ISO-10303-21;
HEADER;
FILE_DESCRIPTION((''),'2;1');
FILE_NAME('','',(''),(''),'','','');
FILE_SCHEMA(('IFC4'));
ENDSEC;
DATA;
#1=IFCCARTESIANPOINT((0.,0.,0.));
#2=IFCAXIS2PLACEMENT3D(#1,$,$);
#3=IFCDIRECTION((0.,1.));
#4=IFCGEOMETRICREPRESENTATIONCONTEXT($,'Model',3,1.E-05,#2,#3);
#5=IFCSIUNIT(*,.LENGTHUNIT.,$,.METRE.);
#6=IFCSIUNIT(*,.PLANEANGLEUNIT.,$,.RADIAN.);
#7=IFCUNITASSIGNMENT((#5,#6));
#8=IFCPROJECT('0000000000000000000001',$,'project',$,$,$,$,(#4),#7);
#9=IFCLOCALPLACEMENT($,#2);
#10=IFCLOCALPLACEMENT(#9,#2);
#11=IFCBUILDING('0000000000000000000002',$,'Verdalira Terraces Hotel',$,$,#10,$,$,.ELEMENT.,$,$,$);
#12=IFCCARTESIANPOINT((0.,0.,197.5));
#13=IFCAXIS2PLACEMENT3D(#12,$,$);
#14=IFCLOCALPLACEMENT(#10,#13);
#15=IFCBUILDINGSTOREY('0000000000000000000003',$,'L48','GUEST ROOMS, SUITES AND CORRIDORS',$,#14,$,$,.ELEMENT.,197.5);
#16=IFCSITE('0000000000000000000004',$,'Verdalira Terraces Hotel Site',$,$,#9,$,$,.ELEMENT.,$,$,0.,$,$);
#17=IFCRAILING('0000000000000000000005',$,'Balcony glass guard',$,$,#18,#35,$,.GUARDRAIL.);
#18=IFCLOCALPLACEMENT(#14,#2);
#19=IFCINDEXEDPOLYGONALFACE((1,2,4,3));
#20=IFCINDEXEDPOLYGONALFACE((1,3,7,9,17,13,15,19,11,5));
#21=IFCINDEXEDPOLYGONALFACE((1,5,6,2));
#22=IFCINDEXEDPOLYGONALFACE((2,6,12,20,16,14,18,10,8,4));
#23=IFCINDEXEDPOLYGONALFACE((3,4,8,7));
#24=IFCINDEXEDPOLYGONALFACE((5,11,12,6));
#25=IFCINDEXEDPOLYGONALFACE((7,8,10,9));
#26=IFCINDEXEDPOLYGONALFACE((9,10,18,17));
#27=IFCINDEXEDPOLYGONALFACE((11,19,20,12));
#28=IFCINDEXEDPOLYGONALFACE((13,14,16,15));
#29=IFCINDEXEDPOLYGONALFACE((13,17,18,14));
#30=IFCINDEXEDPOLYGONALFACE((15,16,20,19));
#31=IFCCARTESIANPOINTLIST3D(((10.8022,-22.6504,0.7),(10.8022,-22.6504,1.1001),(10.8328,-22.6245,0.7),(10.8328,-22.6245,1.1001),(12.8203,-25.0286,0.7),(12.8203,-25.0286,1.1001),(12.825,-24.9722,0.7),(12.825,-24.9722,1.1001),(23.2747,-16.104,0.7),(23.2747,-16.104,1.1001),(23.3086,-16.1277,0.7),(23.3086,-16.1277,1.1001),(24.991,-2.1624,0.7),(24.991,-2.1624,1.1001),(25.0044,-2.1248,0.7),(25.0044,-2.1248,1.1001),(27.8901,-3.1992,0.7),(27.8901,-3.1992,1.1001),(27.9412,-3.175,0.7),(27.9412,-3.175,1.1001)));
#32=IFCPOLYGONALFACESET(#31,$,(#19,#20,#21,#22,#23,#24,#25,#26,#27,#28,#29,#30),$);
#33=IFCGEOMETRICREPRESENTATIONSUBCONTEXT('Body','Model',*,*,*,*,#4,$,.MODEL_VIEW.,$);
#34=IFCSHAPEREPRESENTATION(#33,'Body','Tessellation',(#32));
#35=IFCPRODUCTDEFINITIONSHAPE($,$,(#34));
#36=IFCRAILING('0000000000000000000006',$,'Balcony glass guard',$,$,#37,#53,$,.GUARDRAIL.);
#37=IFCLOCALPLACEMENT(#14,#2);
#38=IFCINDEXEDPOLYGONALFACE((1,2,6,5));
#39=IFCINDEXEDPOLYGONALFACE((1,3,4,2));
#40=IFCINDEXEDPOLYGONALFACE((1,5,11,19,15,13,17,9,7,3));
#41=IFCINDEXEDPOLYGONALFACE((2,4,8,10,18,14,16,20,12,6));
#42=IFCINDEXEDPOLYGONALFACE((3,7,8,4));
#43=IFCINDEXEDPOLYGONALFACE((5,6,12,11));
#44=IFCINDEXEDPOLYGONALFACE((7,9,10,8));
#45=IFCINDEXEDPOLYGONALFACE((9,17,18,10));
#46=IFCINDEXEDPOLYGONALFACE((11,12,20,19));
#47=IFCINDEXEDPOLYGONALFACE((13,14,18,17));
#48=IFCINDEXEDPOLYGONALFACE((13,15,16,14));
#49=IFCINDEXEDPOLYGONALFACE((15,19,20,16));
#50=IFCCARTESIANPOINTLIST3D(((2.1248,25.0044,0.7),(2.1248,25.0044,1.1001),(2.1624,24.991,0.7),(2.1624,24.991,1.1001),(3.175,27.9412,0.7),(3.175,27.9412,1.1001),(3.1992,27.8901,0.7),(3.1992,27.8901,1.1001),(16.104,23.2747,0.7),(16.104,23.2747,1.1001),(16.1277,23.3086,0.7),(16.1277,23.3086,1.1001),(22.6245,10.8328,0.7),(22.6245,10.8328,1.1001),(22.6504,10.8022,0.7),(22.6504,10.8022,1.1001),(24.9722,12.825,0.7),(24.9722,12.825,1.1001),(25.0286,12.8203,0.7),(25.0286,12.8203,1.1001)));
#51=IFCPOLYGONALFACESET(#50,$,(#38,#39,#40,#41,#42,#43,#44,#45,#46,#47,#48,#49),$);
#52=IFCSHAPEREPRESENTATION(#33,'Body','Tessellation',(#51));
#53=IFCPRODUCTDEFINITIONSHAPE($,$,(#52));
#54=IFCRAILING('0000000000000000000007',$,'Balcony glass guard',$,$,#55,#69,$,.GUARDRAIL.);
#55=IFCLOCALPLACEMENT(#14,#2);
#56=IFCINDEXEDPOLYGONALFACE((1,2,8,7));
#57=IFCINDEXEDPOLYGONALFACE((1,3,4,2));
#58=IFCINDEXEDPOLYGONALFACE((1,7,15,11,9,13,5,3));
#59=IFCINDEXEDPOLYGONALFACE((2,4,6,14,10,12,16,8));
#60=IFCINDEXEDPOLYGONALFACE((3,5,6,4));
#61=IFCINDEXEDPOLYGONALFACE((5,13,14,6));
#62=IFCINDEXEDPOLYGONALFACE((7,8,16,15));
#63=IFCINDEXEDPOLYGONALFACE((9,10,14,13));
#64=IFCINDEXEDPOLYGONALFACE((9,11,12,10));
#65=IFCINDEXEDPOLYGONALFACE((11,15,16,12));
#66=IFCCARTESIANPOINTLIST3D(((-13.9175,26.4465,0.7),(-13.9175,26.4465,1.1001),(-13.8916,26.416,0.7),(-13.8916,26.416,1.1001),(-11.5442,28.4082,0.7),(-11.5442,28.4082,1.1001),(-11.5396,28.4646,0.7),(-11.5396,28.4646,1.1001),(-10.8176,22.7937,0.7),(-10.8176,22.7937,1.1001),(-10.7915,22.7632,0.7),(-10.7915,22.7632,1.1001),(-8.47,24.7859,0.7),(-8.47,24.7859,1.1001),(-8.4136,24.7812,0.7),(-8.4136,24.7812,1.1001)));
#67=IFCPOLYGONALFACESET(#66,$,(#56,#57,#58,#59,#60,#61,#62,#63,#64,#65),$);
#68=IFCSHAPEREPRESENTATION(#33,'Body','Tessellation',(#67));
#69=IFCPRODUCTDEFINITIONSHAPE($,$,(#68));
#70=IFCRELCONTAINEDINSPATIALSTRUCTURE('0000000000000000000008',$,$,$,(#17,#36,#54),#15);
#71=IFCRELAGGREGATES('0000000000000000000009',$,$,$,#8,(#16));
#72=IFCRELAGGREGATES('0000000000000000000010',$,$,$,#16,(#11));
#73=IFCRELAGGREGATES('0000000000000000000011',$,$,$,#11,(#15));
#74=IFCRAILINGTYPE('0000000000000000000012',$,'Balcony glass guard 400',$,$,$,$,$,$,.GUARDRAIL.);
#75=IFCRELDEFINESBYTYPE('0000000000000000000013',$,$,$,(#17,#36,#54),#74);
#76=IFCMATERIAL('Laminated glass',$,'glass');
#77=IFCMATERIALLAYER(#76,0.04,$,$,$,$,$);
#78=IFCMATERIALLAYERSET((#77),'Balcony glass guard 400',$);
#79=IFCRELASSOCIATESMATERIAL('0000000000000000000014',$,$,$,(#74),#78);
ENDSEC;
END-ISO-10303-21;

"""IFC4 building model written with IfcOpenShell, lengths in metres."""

from ifc_helpers import new_model, si_unit, direction, frame, origin, place, context, subcontext, project, spatial, polyline, outline, extrude, material, layer, layer_set, type_object, element, save


model = new_model("IFC4")

# Units and contexts
model_context = context("Model", 3, precision=1e-05, world=origin(), true_north=direction((0.0, 1.0)))
body_context = subcontext(model_context, "Body", "Model", "MODEL_VIEW")
ifc_project = project(units=[si_unit("LENGTHUNIT", "METRE"), si_unit("PLANEANGLEUNIT", "RADIAN")], contexts=[model_context])

# Site, building, storey
site_placement = place(None, origin())
site = spatial("IfcSite", under=ifc_project, at=site_placement, Name="Verdalira Terraces Hotel Site", CompositionType="ELEMENT", RefElevation=0.0)
building_placement = place(site_placement, origin())
building = spatial("IfcBuilding", under=site, at=building_placement, Name="Verdalira Terraces Hotel", CompositionType="ELEMENT")
storey_placement = place(building_placement, frame((0.0, 0.0, 197.5)))
storey = spatial("IfcBuildingStorey", under=building, at=storey_placement, Name="L48", Description="GUEST ROOMS, SUITES AND CORRIDORS", CompositionType="ELEMENT", Elevation=197.5)

# Railings
ifc_material_1 = material(Name="Laminated glass", Category="glass")
ifc_layer_1 = layer(ifc_material_1, 0.04)
ifc_layer_set_1 = layer_set([ifc_layer_1], Name="Balcony glass guard 400")
railing_type = type_object("IfcRailingType", Name="Balcony glass guard 400", PredefinedType="GUARDRAIL", material=ifc_layer_set_1)
railing_1_placement = place(storey_placement, frame((0.0, 0.0, 0.7)))
element("IfcRailing", 1, at=railing_1_placement, inside=storey, type_object=railing_type, Name="Balcony glass guard", PredefinedType="GUARDRAIL", context=body_context, shape_type="SweptSolid", body=[
    extrude(outline(polyline([(12.825, -24.9722), (23.2747, -16.104), (27.8901, -3.1992), (24.991, -2.1624), (25.0044, -2.1248), (27.9412, -3.175), (23.3086, -16.1277), (12.8203, -25.0286), (10.8022, -22.6504), (10.8328, -22.6245), (12.825, -24.9722)])), origin(), (0.0, 0.0, 1.0), 0.4001),
])
railing_2_placement = place(storey_placement, frame((0.0, 0.0, 0.7)))
element("IfcRailing", 2, at=railing_2_placement, inside=storey, type_object=railing_type, Name="Balcony glass guard", PredefinedType="GUARDRAIL", context=body_context, shape_type="SweptSolid", body=[
    extrude(outline(polyline([(24.9722, 12.825), (16.104, 23.2747), (3.1992, 27.8901), (2.1624, 24.991), (2.1248, 25.0044), (3.175, 27.9412), (16.1277, 23.3086), (25.0286, 12.8203), (22.6504, 10.8022), (22.6245, 10.8328), (24.9722, 12.825)])), origin(), (0.0, 0.0, 1.0), 0.4001),
])
railing_3_placement = place(storey_placement, frame((0.0, 0.0, 0.7)))
element("IfcRailing", 3, at=railing_3_placement, inside=storey, type_object=railing_type, Name="Balcony glass guard", PredefinedType="GUARDRAIL", context=body_context, shape_type="SweptSolid", body=[
    extrude(outline(polyline([(-8.47, 24.7859), (-11.5442, 28.4082), (-13.8916, 26.416), (-13.9175, 26.4465), (-11.5396, 28.4646), (-8.4136, 24.7812), (-10.7915, 22.7632), (-10.8176, 22.7937), (-8.47, 24.7859)])), origin(), (0.0, 0.0, 1.0), 0.4001),
])

save(model, "model.ifc")
